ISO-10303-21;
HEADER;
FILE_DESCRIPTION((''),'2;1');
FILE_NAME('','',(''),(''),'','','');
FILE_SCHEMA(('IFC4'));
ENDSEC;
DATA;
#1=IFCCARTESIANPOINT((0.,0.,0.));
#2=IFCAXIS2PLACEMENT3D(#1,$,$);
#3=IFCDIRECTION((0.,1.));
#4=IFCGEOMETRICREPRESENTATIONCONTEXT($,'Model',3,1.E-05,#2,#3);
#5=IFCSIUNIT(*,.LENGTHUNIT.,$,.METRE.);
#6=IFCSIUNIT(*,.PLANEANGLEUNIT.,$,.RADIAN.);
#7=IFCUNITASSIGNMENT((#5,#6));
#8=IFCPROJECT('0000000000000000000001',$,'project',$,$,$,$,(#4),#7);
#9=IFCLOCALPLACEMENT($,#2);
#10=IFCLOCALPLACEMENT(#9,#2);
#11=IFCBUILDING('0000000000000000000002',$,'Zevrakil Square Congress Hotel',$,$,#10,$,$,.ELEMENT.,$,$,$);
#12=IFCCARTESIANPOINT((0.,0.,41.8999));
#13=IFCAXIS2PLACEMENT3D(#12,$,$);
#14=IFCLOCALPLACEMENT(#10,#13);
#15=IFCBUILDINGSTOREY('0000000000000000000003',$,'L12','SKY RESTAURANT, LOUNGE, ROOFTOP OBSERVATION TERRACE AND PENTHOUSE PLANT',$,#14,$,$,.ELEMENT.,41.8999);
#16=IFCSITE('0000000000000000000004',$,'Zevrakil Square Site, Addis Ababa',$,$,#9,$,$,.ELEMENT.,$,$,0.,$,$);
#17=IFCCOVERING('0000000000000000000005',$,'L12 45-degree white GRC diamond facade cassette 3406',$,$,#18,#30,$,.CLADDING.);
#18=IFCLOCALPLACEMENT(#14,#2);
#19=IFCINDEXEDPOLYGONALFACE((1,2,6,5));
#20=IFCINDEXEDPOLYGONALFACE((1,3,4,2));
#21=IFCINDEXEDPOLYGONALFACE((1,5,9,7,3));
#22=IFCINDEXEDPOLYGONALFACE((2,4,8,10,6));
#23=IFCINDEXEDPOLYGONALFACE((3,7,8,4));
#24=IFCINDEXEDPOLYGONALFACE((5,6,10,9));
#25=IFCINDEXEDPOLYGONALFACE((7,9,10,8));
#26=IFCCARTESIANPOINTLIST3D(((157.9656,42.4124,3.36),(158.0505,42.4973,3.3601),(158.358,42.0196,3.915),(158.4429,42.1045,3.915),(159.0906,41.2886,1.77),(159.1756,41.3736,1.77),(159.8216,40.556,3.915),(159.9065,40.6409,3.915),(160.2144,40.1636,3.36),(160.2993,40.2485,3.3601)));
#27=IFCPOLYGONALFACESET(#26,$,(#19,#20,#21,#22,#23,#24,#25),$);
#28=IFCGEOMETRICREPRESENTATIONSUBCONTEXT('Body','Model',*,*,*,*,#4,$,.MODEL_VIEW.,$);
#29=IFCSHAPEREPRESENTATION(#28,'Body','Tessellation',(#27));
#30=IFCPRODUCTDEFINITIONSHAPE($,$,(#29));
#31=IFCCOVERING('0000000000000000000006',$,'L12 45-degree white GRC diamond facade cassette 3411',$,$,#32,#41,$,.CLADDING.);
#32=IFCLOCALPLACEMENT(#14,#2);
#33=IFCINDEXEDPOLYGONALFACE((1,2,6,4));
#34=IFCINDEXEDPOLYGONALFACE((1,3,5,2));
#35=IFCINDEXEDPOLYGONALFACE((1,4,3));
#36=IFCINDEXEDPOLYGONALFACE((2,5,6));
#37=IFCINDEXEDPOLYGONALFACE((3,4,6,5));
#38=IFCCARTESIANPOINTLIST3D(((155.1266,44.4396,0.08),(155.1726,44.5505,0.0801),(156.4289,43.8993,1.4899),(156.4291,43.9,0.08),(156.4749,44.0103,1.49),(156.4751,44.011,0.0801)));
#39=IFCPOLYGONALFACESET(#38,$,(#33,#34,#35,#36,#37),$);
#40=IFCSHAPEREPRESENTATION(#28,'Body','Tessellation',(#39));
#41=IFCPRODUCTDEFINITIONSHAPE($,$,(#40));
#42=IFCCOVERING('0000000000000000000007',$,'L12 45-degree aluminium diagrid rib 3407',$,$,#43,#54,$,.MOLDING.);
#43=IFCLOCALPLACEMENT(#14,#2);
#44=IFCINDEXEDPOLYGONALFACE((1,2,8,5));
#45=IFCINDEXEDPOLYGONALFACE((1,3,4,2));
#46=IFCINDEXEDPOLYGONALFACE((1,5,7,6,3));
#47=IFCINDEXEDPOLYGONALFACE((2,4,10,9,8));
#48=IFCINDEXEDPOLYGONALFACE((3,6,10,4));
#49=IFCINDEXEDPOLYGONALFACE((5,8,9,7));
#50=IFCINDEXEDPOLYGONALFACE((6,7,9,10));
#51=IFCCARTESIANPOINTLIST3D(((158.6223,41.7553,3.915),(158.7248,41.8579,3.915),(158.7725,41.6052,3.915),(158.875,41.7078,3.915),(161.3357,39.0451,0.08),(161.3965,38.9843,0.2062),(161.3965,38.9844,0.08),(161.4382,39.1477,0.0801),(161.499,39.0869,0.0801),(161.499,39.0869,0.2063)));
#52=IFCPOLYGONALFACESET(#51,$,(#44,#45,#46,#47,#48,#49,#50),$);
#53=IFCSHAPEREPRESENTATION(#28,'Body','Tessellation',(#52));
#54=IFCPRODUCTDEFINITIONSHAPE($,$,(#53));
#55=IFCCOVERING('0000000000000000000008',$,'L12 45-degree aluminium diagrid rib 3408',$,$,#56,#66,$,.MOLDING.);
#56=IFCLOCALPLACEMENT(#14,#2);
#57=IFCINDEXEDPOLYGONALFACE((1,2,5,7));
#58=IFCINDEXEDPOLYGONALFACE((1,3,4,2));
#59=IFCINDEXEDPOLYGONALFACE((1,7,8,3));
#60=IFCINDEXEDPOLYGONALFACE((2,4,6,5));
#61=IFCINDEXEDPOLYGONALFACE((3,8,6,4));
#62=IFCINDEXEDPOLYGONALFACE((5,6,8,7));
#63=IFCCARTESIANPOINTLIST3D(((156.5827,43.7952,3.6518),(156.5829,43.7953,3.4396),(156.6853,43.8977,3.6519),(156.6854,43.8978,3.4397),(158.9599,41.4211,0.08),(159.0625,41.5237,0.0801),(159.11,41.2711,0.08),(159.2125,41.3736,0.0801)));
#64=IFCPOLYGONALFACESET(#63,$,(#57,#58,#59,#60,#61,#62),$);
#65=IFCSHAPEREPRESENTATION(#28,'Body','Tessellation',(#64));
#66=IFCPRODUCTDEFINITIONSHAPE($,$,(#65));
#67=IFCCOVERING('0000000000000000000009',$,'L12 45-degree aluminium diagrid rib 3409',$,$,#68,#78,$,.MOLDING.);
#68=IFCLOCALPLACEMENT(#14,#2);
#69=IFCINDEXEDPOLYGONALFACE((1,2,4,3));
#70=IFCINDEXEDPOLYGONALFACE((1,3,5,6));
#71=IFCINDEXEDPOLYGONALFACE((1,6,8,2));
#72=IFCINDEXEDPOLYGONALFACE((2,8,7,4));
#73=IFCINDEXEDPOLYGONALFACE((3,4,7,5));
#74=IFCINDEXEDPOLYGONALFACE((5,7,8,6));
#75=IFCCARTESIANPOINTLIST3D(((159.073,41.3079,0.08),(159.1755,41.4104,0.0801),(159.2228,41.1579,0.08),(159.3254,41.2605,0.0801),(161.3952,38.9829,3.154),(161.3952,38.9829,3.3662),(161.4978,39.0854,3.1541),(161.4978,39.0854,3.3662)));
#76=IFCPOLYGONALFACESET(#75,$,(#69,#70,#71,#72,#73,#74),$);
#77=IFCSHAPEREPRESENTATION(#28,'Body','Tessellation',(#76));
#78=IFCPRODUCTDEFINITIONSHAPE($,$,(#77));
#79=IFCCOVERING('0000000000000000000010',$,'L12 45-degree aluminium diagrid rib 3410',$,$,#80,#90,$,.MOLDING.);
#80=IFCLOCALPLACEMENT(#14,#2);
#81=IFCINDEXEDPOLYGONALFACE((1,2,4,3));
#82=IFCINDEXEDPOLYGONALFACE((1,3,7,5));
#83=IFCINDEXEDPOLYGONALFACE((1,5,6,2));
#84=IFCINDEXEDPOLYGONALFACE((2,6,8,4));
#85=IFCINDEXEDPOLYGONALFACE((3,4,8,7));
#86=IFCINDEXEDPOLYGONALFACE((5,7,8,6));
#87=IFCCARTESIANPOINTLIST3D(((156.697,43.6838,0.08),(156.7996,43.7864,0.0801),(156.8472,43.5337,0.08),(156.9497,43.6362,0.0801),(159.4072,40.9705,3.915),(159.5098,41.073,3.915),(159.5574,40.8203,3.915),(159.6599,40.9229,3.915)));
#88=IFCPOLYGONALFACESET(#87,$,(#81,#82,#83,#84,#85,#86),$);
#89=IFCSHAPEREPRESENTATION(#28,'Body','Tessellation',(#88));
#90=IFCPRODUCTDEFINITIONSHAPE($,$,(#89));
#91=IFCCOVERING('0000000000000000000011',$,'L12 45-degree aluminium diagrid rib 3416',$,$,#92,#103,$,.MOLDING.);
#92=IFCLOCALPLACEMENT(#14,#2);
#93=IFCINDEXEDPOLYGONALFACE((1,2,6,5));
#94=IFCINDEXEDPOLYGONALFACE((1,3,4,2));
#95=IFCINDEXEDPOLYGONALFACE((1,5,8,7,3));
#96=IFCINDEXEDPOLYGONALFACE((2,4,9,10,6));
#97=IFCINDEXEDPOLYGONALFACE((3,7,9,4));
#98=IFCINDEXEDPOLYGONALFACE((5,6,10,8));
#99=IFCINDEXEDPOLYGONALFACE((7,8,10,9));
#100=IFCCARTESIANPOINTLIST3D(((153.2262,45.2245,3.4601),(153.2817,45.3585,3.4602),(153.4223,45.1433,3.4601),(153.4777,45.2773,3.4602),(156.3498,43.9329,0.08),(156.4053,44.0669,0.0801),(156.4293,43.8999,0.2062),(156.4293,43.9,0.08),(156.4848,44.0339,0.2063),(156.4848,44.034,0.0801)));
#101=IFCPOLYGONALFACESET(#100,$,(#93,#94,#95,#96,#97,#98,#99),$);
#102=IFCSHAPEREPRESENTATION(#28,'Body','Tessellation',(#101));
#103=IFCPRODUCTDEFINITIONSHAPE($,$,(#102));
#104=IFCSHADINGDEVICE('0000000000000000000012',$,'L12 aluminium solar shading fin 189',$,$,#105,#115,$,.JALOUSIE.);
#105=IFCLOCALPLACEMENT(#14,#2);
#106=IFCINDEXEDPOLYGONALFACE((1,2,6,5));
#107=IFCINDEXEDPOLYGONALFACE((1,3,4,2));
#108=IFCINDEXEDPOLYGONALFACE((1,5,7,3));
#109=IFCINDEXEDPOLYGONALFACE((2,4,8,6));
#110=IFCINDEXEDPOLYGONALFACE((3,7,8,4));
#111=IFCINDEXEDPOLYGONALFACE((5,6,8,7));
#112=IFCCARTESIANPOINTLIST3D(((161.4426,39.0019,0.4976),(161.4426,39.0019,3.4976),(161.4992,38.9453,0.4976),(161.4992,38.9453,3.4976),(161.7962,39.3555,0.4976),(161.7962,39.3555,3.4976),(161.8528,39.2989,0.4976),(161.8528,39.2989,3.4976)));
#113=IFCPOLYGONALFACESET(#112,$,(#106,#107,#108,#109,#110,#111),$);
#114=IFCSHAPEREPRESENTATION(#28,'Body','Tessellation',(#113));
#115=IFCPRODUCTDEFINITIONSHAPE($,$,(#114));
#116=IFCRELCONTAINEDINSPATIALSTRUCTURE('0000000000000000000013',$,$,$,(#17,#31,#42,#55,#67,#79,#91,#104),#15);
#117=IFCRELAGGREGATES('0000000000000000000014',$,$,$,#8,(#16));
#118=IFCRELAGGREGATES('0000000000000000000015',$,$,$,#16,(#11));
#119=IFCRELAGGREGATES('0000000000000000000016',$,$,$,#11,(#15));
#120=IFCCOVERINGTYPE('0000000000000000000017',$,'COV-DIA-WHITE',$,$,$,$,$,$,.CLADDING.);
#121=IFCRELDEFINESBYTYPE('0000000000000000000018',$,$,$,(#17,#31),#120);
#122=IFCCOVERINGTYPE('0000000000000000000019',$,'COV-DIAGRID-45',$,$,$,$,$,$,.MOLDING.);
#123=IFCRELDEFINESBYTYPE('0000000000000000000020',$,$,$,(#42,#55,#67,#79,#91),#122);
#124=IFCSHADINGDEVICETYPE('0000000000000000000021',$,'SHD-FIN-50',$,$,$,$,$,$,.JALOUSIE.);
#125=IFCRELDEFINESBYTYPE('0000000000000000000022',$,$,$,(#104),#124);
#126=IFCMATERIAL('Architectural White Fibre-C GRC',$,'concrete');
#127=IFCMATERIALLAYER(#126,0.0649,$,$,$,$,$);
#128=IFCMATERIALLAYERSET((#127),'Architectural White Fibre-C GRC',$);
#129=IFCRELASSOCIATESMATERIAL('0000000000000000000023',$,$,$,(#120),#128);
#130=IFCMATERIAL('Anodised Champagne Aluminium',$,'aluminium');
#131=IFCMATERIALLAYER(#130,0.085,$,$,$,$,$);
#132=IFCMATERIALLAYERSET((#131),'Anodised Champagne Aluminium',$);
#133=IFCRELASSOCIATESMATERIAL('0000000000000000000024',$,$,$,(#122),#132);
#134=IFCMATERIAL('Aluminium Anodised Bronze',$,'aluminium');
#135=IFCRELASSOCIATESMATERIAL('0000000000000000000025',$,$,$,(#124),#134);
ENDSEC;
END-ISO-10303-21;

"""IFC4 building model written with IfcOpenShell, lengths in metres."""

from ifc_helpers import new_model, si_unit, direction, frame, origin, origin_2d, place, context, subcontext, project, spatial, polyline, rectangle, outline, extrude, material, layer, layer_set, type_object, element, save


model = new_model("IFC4")

# Units and contexts
model_context = context("Model", 3, precision=1e-05, world=origin(), true_north=direction((0.0, 1.0)))
body_context = subcontext(model_context, "Body", "Model", "MODEL_VIEW")
ifc_project = project(units=[si_unit("LENGTHUNIT", "METRE"), si_unit("PLANEANGLEUNIT", "RADIAN")], contexts=[model_context])

# Site, building, storey
site_placement = place(None, origin())
site = spatial("IfcSite", under=ifc_project, at=site_placement, Name="Zevrakil Square Site, Addis Ababa", CompositionType="ELEMENT", RefElevation=0.0)
building_placement = place(site_placement, origin())
building = spatial("IfcBuilding", under=site, at=building_placement, Name="Zevrakil Square Congress Hotel", CompositionType="ELEMENT")
storey_placement = place(building_placement, frame((0.0, 0.0, 41.8999)))
storey = spatial("IfcBuildingStorey", under=building, at=storey_placement, Name="L12", Description="SKY RESTAURANT, LOUNGE, ROOFTOP OBSERVATION TERRACE AND PENTHOUSE PLANT", CompositionType="ELEMENT", Elevation=41.8999)

# Coverings
ifc_material_1 = material(Name="Architectural White Fibre-C GRC", Category="concrete")
ifc_layer_1 = layer(ifc_material_1, 0.0649)
ifc_layer_set_1 = layer_set([ifc_layer_1], Name="Architectural White Fibre-C GRC")
covering_type_1 = type_object("IfcCoveringType", Name="COV-DIA-WHITE", PredefinedType="CLADDING", material=ifc_layer_set_1)
covering_1_placement = place(storey_placement, frame((158.0505, 42.4973, 3.3601), z_axis=(0.707107, 0.707107, 0.000572), x_axis=(0.500292, -0.49972, -0.707098)))
element("IfcCovering", 1, at=covering_1_placement, inside=storey, type_object=covering_type_1, Name="L12 45-degree white GRC diamond facade cassette 3406", PredefinedType="CLADDING", context=body_context, shape_type="SweptSolid", body=[
    extrude(outline(polyline([(0.0, 0.0), (2.2488, 0.0), (2.2488, -2.2488), (1.4638, -2.2486), (0.0002, -0.785), (0.0, 0.0)])), origin(), (0.0, 0.0, -1.0), 0.1201),
])
covering_2_placement = place(storey_placement, frame((155.1726, 44.5505, 0.0801), z_axis=(0.382709, 0.923869, 0.000546), x_axis=(0.923869, -0.382709, 0.0)))
element("IfcCovering", 2, at=covering_2_placement, inside=storey, type_object=covering_type_1, Name="L12 45-degree white GRC diamond facade cassette 3411", PredefinedType="CLADDING", context=body_context, shape_type="SweptSolid", body=[
    extrude(outline(polyline([(0.0, 0.0), (1.4098, 0.0), (1.4099, -1.4099), (0.0, 0.0)])), origin(), (0.0, 0.0, -1.0), 0.1201),
])
ifc_material_2 = material(Name="Anodised Champagne Aluminium", Category="aluminium")
ifc_layer_2 = layer(ifc_material_2, 0.085)
ifc_layer_set_2 = layer_set([ifc_layer_2], Name="Anodised Champagne Aluminium")
covering_type_2 = type_object("IfcCoveringType", Name="COV-DIAGRID-45", PredefinedType="MOLDING", material=ifc_layer_set_2)
covering_3_placement = place(storey_placement, frame((161.4382, 39.1477, 0.0801), z_axis=(0.706982, 0.707231, 0.000415), x_axis=(0.707231, -0.706983, 0.0)))
element("IfcCovering", 3, at=covering_3_placement, inside=storey, type_object=covering_type_2, Name="L12 45-degree aluminium diagrid rib 3407", PredefinedType="MOLDING", context=body_context, shape_type="SweptSolid", body=[
    extrude(outline(polyline([(0.0, 0.0), (0.086, 0.0), (0.086, -0.1262), (-3.6227, -3.835), (-3.8351, -3.835), (0.0, 0.0)])), origin(), (0.0, 0.0, -1.0), 0.145),
])
covering_4_placement = place(storey_placement, frame((159.0625, 41.5237, 0.0801), z_axis=(0.707174, 0.707039, 0.000718), x_axis=(0.707039, -0.707174, 0.000001)))
element("IfcCovering", 4, at=covering_4_placement, inside=storey, type_object=covering_type_2, Name="L12 45-degree aluminium diagrid rib 3408", PredefinedType="MOLDING", context=body_context, shape_type="SweptSolid", body=[
    extrude(outline(polyline([(0.0, 0.0), (0.2122, 0.0), (-3.3596, -3.5718), (-3.3596, -3.3596), (0.0, 0.0)])), origin(), (0.0, 0.0, -1.0), 0.145),
])
covering_5_placement = place(storey_placement, frame((161.4978, 39.0854, 3.1541), z_axis=(0.707318, 0.706896, 0.000298), x_axis=(-0.000211, -0.000211, 1.0)))
element("IfcCovering", 5, at=covering_5_placement, inside=storey, type_object=covering_type_2, Name="L12 45-degree aluminium diagrid rib 3409", PredefinedType="MOLDING", context=body_context, shape_type="SweptSolid", body=[
    extrude(outline(polyline([(0.0, 0.0), (0.2122, 0.0), (-3.074, -3.2861), (-3.074, -3.0741), (0.0, 0.0)])), origin(), (0.0, 0.0, -1.0), 0.145),
])
covering_6_placement = place(storey_placement, frame((159.6599, 40.9229, 3.915), z_axis=(0.707107, 0.707107, 0.000585), x_axis=(-0.707107, 0.707107, 0.0)))
element("IfcCovering", 6, at=covering_6_placement, inside=storey, type_object=covering_type_2, Name="L12 45-degree aluminium diagrid rib 3410", PredefinedType="MOLDING", context=body_context, shape_type="SweptSolid", body=[
    extrude(outline(polyline([(0.0, 0.0), (0.2123, 0.0), (4.0474, -3.835), (3.8351, -3.835), (0.0, 0.0)])), origin(), (0.0, 0.0, -1.0), 0.145),
])
covering_7_placement = place(storey_placement, frame((156.4053, 44.0669, 0.0801), z_axis=(0.382676, 0.923883, 0.00061), x_axis=(0.923883, -0.382676, -0.000002)))
element("IfcCovering", 7, at=covering_7_placement, inside=storey, type_object=covering_type_2, Name="L12 45-degree aluminium diagrid rib 3416", PredefinedType="MOLDING", context=body_context, shape_type="SweptSolid", body=[
    extrude(outline(polyline([(0.0, 0.0), (0.0861, 0.0), (0.0861, -0.1262), (-3.1679, -3.3801), (-3.3801, -3.3801), (0.0, 0.0)])), origin(), (0.0, 0.0, -1.0), 0.145),
])

# Shading device
ifc_material_3 = material(Name="Aluminium Anodised Bronze", Category="aluminium")
shading_device_type = type_object("IfcShadingDeviceType", Name="SHD-FIN-50", PredefinedType="JALOUSIE", material=ifc_material_3)
shading_device_placement = place(storey_placement, frame((161.6477, 39.1504, 0.4976), z_axis=(0.0, 0.0, 1.0), x_axis=(0.707107, 0.707107, 0.0)))
element("IfcShadingDevice", 8, at=shading_device_placement, inside=storey, type_object=shading_device_type, Name="L12 aluminium solar shading fin 189", PredefinedType="JALOUSIE", context=body_context, shape_type="SweptSolid", body=[
    extrude(rectangle(XDim=0.5, YDim=0.0801, at=origin_2d()), origin(), (0.0, 0.0, 1.0), 3.0),
])

save(model, "model.ifc")
